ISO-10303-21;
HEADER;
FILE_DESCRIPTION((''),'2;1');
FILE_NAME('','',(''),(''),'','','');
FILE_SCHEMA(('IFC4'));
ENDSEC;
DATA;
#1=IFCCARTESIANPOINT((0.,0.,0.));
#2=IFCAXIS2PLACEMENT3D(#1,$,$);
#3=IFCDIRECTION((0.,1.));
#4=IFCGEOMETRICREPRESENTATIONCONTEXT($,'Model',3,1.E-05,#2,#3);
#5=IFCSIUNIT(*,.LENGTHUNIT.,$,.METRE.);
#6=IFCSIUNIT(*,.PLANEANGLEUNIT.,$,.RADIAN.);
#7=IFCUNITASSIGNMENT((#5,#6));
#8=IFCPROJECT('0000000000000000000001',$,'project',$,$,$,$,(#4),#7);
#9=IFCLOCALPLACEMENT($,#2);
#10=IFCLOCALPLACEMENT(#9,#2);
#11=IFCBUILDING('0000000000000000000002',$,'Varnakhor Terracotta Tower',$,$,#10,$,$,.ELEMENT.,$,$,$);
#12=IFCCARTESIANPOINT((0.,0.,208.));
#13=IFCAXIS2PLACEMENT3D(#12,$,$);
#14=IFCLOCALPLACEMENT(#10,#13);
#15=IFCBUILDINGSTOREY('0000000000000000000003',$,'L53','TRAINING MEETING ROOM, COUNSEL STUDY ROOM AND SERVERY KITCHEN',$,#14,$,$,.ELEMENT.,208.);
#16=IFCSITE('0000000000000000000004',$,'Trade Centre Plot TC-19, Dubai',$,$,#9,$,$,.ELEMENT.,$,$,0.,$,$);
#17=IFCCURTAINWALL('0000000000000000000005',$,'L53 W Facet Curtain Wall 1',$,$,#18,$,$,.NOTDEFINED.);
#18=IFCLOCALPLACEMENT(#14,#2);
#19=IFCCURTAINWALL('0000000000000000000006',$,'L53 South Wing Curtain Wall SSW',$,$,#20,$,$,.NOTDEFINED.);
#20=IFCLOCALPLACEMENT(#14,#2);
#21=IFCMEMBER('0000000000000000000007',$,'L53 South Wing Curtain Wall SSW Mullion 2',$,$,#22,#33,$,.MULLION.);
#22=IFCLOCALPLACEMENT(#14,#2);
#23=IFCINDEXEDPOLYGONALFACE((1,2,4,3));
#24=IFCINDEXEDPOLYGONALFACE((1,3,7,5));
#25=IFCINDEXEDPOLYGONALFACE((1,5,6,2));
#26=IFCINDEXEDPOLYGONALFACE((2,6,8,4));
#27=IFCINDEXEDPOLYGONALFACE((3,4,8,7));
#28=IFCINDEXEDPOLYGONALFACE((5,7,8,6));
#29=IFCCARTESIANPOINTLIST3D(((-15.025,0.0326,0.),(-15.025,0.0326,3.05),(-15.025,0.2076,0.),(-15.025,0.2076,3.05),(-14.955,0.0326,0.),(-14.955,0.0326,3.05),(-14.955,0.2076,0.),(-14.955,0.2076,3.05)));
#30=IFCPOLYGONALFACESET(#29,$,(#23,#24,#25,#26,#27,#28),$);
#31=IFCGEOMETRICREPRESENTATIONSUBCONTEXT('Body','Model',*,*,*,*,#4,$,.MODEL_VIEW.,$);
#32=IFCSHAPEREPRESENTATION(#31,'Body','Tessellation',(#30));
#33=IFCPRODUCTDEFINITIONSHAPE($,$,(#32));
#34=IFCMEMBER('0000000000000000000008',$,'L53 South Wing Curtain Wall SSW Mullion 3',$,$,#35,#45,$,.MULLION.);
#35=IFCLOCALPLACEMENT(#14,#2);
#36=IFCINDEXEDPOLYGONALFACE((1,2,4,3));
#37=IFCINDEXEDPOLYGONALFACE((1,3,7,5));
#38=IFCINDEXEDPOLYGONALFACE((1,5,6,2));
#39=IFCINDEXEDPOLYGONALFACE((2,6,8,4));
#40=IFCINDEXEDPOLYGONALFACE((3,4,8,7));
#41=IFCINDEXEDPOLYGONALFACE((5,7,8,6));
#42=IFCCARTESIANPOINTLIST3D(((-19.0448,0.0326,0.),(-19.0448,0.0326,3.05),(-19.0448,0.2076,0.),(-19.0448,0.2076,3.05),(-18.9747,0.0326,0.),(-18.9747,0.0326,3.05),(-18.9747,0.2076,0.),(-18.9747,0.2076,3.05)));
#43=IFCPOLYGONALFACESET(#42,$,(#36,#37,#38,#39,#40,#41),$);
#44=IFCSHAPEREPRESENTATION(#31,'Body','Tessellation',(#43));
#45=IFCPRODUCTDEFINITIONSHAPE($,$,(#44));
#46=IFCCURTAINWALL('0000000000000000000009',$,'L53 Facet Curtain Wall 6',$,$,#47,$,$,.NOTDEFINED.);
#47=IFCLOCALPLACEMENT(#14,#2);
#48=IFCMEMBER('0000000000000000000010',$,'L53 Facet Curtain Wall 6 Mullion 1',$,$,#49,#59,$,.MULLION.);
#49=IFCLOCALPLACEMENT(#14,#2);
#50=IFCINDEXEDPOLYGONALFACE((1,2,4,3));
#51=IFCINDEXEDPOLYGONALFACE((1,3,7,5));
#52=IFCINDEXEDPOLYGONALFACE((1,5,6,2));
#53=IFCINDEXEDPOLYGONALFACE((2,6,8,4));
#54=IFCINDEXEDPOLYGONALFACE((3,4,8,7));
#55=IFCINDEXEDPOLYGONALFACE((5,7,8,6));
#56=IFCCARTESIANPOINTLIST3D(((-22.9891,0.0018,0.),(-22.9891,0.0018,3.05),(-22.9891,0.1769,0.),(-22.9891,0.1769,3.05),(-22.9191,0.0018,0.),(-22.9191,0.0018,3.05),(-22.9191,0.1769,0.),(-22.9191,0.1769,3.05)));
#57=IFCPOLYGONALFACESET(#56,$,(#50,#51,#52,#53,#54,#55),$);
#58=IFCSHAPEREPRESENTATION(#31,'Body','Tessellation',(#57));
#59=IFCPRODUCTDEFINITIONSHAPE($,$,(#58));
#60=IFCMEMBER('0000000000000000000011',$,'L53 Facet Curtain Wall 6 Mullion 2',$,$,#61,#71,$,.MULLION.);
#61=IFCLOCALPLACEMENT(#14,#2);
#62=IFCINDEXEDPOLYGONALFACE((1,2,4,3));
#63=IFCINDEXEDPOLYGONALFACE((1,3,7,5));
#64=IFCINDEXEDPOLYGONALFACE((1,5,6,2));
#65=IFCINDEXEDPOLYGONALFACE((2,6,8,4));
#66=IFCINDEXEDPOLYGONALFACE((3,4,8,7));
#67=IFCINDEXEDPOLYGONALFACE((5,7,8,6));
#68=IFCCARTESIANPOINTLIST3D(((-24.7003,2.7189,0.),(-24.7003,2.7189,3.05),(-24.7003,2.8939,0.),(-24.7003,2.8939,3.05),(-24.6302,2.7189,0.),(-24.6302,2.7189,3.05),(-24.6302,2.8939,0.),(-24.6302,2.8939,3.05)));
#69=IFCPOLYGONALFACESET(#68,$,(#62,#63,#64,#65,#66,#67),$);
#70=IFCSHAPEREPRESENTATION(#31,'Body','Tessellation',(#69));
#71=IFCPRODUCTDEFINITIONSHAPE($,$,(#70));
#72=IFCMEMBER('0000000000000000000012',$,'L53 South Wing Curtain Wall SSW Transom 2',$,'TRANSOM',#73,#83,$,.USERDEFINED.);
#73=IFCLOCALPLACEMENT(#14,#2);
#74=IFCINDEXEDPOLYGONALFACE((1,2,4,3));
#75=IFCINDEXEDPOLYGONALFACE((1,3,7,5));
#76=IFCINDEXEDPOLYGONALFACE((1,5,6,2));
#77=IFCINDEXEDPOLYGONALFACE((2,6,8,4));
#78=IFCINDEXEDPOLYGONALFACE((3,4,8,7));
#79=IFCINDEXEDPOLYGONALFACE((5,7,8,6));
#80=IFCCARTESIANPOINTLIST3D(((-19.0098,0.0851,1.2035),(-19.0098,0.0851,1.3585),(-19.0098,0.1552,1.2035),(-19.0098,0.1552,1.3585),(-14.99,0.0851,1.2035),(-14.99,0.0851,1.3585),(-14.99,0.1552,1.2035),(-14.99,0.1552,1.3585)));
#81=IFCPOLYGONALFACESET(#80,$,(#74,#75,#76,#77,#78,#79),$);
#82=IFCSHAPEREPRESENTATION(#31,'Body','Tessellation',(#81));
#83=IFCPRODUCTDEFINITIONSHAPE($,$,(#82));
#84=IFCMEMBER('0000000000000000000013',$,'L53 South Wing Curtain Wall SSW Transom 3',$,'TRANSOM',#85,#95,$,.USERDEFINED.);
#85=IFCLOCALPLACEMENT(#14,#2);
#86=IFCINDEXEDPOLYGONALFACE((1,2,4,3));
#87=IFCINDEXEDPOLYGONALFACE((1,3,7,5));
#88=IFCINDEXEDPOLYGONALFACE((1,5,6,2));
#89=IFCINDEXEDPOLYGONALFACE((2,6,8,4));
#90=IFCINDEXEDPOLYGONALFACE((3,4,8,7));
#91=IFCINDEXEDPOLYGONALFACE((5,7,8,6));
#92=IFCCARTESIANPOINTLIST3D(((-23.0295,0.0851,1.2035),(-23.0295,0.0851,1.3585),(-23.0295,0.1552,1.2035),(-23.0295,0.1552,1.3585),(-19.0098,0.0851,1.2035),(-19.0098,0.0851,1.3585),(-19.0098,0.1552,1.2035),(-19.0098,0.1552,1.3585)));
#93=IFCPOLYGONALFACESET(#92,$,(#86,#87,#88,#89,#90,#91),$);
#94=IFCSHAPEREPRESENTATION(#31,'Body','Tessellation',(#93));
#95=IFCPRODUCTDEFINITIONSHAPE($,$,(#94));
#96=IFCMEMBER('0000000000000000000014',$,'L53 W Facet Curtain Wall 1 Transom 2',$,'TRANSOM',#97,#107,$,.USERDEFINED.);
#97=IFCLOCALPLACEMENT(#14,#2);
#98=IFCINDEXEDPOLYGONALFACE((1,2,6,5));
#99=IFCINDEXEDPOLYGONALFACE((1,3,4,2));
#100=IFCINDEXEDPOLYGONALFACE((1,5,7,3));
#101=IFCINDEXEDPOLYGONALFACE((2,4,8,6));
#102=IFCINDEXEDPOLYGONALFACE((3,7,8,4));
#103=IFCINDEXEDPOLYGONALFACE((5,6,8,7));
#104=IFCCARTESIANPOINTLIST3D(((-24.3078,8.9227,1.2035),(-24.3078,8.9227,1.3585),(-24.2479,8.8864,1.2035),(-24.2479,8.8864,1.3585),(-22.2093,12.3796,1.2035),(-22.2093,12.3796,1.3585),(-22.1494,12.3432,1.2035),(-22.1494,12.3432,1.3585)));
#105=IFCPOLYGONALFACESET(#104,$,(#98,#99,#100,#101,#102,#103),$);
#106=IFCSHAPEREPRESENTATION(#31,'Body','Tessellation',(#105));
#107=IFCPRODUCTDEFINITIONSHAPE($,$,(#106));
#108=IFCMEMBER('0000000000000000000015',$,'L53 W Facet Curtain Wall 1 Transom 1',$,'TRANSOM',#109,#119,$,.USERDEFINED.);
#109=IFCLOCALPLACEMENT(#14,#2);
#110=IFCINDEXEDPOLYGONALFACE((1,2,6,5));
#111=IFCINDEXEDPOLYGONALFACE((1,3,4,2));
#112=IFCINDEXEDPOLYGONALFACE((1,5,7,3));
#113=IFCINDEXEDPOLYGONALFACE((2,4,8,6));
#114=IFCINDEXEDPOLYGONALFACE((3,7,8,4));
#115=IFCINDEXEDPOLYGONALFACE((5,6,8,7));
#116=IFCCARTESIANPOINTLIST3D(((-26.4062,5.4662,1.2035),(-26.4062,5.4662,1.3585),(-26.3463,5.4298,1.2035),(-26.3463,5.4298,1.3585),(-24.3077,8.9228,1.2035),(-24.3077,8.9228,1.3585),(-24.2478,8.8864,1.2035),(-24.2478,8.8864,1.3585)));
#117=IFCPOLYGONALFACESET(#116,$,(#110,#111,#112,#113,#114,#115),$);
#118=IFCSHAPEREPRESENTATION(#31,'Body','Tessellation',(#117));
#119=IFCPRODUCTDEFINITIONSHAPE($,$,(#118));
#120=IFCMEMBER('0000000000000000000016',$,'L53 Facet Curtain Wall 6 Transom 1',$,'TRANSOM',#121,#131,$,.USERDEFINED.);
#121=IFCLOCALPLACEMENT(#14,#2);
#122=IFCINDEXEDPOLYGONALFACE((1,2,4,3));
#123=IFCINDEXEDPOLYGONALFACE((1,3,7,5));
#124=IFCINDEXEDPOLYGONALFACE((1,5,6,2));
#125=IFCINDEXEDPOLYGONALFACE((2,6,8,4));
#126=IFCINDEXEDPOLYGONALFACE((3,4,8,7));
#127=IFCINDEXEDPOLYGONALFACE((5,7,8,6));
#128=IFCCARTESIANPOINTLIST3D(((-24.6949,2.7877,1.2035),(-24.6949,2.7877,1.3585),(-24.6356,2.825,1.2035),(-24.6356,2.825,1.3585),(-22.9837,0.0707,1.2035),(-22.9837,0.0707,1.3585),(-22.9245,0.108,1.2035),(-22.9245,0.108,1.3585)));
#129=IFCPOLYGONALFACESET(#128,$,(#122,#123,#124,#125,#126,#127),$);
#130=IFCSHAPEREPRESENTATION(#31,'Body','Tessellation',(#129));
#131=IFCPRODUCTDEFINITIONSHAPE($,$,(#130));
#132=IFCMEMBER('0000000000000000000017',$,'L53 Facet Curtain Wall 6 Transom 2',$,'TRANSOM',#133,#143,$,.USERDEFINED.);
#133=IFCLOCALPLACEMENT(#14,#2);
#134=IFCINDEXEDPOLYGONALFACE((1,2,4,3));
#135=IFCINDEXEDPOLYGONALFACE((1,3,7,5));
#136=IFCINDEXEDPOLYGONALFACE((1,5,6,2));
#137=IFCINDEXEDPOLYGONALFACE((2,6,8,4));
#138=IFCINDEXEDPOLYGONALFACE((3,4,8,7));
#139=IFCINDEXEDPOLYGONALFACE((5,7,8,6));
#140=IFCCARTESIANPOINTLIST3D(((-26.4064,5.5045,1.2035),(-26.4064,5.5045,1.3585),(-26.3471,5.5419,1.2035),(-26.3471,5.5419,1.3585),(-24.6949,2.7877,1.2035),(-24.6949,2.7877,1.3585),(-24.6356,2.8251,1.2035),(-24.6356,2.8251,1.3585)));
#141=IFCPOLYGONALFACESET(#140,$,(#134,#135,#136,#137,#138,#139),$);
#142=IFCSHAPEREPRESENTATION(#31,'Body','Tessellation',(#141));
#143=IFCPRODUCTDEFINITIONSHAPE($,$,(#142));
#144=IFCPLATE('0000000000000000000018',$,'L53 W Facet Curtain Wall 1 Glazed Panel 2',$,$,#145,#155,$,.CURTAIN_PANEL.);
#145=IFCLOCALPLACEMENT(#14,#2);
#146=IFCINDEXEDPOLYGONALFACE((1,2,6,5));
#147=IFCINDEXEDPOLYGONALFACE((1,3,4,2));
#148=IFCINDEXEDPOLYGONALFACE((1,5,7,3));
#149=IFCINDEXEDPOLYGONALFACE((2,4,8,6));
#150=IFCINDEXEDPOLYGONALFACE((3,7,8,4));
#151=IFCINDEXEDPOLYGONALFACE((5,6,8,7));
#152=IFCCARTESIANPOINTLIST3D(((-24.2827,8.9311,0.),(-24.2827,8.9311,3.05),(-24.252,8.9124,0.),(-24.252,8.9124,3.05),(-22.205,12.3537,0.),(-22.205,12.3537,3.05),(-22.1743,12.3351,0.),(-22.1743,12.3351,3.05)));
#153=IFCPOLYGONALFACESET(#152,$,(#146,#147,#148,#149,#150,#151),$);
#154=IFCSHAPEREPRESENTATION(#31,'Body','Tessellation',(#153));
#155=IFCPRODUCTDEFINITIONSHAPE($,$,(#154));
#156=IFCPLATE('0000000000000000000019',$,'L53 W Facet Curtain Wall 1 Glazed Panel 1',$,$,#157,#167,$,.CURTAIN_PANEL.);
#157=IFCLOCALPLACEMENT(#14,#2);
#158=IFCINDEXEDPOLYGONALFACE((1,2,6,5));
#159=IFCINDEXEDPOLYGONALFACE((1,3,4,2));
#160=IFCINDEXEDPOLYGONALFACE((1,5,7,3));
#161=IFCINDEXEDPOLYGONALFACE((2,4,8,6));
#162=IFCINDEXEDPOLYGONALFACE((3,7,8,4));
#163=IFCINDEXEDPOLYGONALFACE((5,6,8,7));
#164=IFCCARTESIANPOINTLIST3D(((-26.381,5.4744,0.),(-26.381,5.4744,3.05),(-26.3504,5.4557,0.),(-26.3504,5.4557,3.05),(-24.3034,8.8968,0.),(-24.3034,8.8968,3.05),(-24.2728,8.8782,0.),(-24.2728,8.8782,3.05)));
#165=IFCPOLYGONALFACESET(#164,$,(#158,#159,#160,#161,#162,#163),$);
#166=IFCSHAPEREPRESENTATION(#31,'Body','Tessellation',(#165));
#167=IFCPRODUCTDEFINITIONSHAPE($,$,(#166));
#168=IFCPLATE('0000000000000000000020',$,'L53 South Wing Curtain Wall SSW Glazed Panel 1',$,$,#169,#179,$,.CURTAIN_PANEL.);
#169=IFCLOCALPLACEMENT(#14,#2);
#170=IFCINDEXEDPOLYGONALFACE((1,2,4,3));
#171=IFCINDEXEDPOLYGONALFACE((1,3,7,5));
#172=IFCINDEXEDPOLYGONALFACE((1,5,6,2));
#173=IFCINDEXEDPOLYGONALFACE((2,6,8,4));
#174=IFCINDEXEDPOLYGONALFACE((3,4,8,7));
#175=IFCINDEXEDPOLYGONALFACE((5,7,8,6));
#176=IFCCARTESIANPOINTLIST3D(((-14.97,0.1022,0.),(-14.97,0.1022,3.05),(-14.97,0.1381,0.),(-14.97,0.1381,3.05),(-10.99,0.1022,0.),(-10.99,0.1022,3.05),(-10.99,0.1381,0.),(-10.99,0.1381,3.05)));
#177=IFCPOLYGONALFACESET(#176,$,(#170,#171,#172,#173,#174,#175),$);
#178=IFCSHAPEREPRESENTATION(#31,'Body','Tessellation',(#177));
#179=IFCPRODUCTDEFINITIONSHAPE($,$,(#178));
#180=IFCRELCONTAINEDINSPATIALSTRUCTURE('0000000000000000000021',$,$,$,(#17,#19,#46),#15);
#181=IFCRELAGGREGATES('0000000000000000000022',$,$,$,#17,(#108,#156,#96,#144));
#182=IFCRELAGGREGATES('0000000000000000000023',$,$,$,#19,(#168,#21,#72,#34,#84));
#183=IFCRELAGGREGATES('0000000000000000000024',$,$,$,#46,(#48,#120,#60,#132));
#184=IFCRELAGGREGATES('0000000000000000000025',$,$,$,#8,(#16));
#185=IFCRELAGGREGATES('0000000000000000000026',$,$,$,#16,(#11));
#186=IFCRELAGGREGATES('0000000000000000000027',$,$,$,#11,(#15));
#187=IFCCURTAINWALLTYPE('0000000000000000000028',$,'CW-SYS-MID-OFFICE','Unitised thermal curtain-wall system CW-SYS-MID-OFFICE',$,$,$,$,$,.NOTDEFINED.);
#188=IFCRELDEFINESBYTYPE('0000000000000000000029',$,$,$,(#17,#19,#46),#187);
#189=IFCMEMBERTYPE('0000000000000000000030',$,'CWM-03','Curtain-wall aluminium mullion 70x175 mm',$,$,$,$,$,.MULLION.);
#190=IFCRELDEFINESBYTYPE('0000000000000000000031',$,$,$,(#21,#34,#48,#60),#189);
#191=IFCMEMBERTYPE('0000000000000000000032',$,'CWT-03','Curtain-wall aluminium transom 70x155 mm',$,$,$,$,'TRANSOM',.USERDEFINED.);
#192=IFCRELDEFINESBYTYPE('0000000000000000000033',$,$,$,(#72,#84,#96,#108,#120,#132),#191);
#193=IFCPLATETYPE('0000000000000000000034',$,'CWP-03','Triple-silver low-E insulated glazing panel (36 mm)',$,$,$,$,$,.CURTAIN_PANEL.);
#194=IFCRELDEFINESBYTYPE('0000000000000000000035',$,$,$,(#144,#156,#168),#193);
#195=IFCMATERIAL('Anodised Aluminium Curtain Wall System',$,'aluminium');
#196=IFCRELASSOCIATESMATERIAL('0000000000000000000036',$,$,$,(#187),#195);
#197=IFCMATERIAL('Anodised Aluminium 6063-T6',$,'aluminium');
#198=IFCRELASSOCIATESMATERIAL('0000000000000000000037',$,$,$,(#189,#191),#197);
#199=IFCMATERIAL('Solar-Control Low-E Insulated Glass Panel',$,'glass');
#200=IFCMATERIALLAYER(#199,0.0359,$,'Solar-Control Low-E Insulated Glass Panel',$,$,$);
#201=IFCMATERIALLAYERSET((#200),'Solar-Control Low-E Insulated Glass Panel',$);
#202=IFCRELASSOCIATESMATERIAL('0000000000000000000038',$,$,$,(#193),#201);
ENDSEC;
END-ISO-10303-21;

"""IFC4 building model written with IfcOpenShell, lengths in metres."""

from ifc_helpers import new_model, si_unit, direction, frame, origin, origin_2d, place, context, subcontext, project, spatial, rectangle, extrude, source, transform, mapped, material, layer, layer_set, material_profile, profile_set, type_object, element, aggregate, save


model = new_model("IFC4")

# Units and contexts
model_context = context("Model", 3, precision=1e-05, world=origin(), true_north=direction((0.0, 1.0)))
body_context = subcontext(model_context, "Body", "Model", "MODEL_VIEW")
ifc_project = project(units=[si_unit("LENGTHUNIT", "METRE"), si_unit("PLANEANGLEUNIT", "RADIAN")], contexts=[model_context])

# Site, building, storey
site_placement = place(None, origin())
site = spatial("IfcSite", under=ifc_project, at=site_placement, Name="Trade Centre Plot TC-19, Dubai", CompositionType="ELEMENT", RefElevation=0.0)
building_placement = place(site_placement, origin())
building = spatial("IfcBuilding", under=site, at=building_placement, Name="Varnakhor Terracotta Tower", CompositionType="ELEMENT")
storey_placement = place(building_placement, frame((0.0, 0.0, 208.0)))
storey = spatial("IfcBuildingStorey", under=building, at=storey_placement, Name="L53", Description="TRAINING MEETING ROOM, COUNSEL STUDY ROOM AND SERVERY KITCHEN", CompositionType="ELEMENT", Elevation=208.0)

# Curtain walls, members
ifc_material_1 = material(Name="Anodised Aluminium Curtain Wall System", Category="aluminium")
curtain_wall_type = type_object("IfcCurtainWallType", Name="CW-SYS-MID-OFFICE", Description="Unitised thermal curtain-wall system CW-SYS-MID-OFFICE", PredefinedType="NOTDEFINED", material=ifc_material_1)
curtain_wall_1_placement = place(storey_placement, origin())
curtain_wall_1 = element("IfcCurtainWall", 1, at=curtain_wall_1_placement, inside=storey, type_object=curtain_wall_type, Name="L53 W Facet Curtain Wall 1", PredefinedType="NOTDEFINED")
ifc_material_2 = material(Name="Anodised Aluminium 6063-T6", Category="aluminium")
ifc_material_profile_1 = material_profile(ifc_material_2, rectangle(XDim=0.0701, YDim=0.175, at=origin_2d()), Name="ALU MULLION 70x175")
ifc_profile_set_1 = profile_set([ifc_material_profile_1], Name="Anodised Aluminium 6063-T6")
member_type_1 = type_object("IfcMemberType", Name="CWM-03", Description="Curtain-wall aluminium mullion 70x175 mm", PredefinedType="MULLION", material=ifc_profile_set_1)
shared_shape_1 = source(origin(), body_context, "Body", "SweptSolid", [
    extrude(rectangle(XDim=0.0701, YDim=0.175, at=origin_2d()), origin(), (0.0, 0.0, 1.0), 3.05),
])
curtain_wall_2_placement = place(storey_placement, origin())
curtain_wall_2 = element("IfcCurtainWall", 2, at=curtain_wall_2_placement, inside=storey, type_object=curtain_wall_type, Name="L53 South Wing Curtain Wall SSW", PredefinedType="NOTDEFINED")
member_1_placement = place(storey_placement, frame((-14.99, 0.1201, 0.0), z_axis=(0.0, 0.0, 1.0), x_axis=(1.0, 0.0, 0.0)))
member_1 = element("IfcMember", 3, at=member_1_placement, type_object=member_type_1, Name="L53 South Wing Curtain Wall SSW Mullion 2", PredefinedType="MULLION", context=body_context, shape_type="MappedRepresentation", body=[
    mapped(shared_shape_1, transform((0.0, 0.0, 0.0), scale=1.0)),
])
member_2_placement = place(storey_placement, frame((-19.0098, 0.1201, 0.0), z_axis=(0.0, 0.0, 1.0), x_axis=(1.0, 0.0, 0.0)))
member_2 = element("IfcMember", 4, at=member_2_placement, type_object=member_type_1, Name="L53 South Wing Curtain Wall SSW Mullion 3", PredefinedType="MULLION", context=body_context, shape_type="MappedRepresentation", body=[
    mapped(shared_shape_1, transform((0.0, 0.0, 0.0), scale=1.0)),
])
curtain_wall_3_placement = place(storey_placement, origin())
curtain_wall_3 = element("IfcCurtainWall", 5, at=curtain_wall_3_placement, inside=storey, type_object=curtain_wall_type, Name="L53 Facet Curtain Wall 6", PredefinedType="NOTDEFINED")
member_3_placement = place(storey_placement, frame((-22.9541, 0.0894, 0.0), z_axis=(0.0, 0.0, 1.0), x_axis=(1.0, 0.0, 0.0)))
member_3 = element("IfcMember", 6, at=member_3_placement, type_object=member_type_1, Name="L53 Facet Curtain Wall 6 Mullion 1", PredefinedType="MULLION", context=body_context, shape_type="MappedRepresentation", body=[
    mapped(shared_shape_1, transform((0.0, 0.0, 0.0), scale=1.0)),
])
member_4_placement = place(storey_placement, frame((-24.6653, 2.8064, 0.0), z_axis=(0.0, 0.0, 1.0), x_axis=(1.0, 0.0, 0.0)))
member_4 = element("IfcMember", 7, at=member_4_placement, type_object=member_type_1, Name="L53 Facet Curtain Wall 6 Mullion 2", PredefinedType="MULLION", context=body_context, shape_type="MappedRepresentation", body=[
    mapped(shared_shape_1, transform((0.0, 0.0, 0.0), scale=1.0)),
])

# Members
ifc_material_profile_2 = material_profile(ifc_material_2, rectangle(XDim=0.0701, YDim=0.155, at=origin_2d()), Name="ALU TRANSOM 70x155")
ifc_profile_set_2 = profile_set([ifc_material_profile_2], Name="Anodised Aluminium 6063-T6")
member_type_2 = type_object("IfcMemberType", Name="CWT-03", Description="Curtain-wall aluminium transom 70x155 mm", ElementType="TRANSOM", PredefinedType="USERDEFINED", material=ifc_profile_set_2)
shared_shape_2 = source(origin(), body_context, "Body", "SweptSolid", [
    extrude(rectangle(XDim=0.0701, YDim=0.155, at=origin_2d()), origin(), (0.0, 0.0, 1.0), 4.0198),
])
member_5_placement = place(storey_placement, frame((-14.99, 0.1201, 1.281), z_axis=(-1.0, 0.0, 0.0), x_axis=(0.0, -1.0, 0.0)))
member_5 = element("IfcMember", 8, at=member_5_placement, type_object=member_type_2, Name="L53 South Wing Curtain Wall SSW Transom 2", ObjectType="TRANSOM", PredefinedType="USERDEFINED", context=body_context, shape_type="MappedRepresentation", body=[
    mapped(shared_shape_2, transform((0.0, 0.0, 0.0), scale=1.0)),
])
member_6_placement = place(storey_placement, frame((-19.0098, 0.1201, 1.281), z_axis=(-1.0, 0.0, 0.0), x_axis=(0.0, -1.0, 0.0)))
member_6 = element("IfcMember", 9, at=member_6_placement, type_object=member_type_2, Name="L53 South Wing Curtain Wall SSW Transom 3", ObjectType="TRANSOM", PredefinedType="USERDEFINED", context=body_context, shape_type="MappedRepresentation", body=[
    mapped(shared_shape_2, transform((0.0, 0.0, 0.0), scale=1.0)),
])
shared_shape_3 = source(origin(), body_context, "Body", "SweptSolid", [
    extrude(rectangle(XDim=0.0701, YDim=0.155, at=origin_2d()), origin(), (0.0, 0.0, 1.0), 4.0439),
])
member_7_placement = place(storey_placement, frame((-24.2778, 8.9045, 1.281), z_axis=(0.51891, 0.854829, 0.0), x_axis=(-0.854829, 0.51891, 0.0)))
member_7 = element("IfcMember", 10, at=member_7_placement, type_object=member_type_2, Name="L53 W Facet Curtain Wall 1 Transom 2", ObjectType="TRANSOM", PredefinedType="USERDEFINED", context=body_context, shape_type="MappedRepresentation", body=[
    mapped(shared_shape_3, transform((0.0, 0.0, 0.0), scale=1.0)),
])
shared_shape_4 = source(origin(), body_context, "Body", "SweptSolid", [
    extrude(rectangle(XDim=0.0701, YDim=0.155, at=origin_2d()), origin(), (0.0, 0.0, 1.0), 4.0437),
])
member_8_placement = place(storey_placement, frame((-26.3762, 5.448, 1.281), z_axis=(0.518937, 0.854812, 0.0), x_axis=(-0.854812, 0.518937, 0.0)))
member_8 = element("IfcMember", 11, at=member_8_placement, type_object=member_type_2, Name="L53 W Facet Curtain Wall 1 Transom 1", ObjectType="TRANSOM", PredefinedType="USERDEFINED", context=body_context, shape_type="MappedRepresentation", body=[
    mapped(shared_shape_4, transform((0.0, 0.0, 0.0), scale=1.0)),
])
shared_shape_5 = source(origin(), body_context, "Body", "SweptSolid", [
    extrude(rectangle(XDim=0.0701, YDim=0.155, at=origin_2d()), origin(), (0.0, 0.0, 1.0), 3.2109),
])
member_9_placement = place(storey_placement, frame((-22.9541, 0.0894, 1.281), z_axis=(-0.532914, 0.846169, 0.0), x_axis=(-0.846169, -0.532914, 0.0)))
member_9 = element("IfcMember", 12, at=member_9_placement, type_object=member_type_2, Name="L53 Facet Curtain Wall 6 Transom 1", ObjectType="TRANSOM", PredefinedType="USERDEFINED", context=body_context, shape_type="MappedRepresentation", body=[
    mapped(shared_shape_5, transform((0.0, 0.0, 0.0), scale=1.0)),
])
member_10_placement = place(storey_placement, frame((-24.6653, 2.8064, 1.281), z_axis=(-0.533003, 0.846113, 0.0), x_axis=(-0.846113, -0.533003, 0.0)))
member_10 = element("IfcMember", 13, at=member_10_placement, type_object=member_type_2, Name="L53 Facet Curtain Wall 6 Transom 2", ObjectType="TRANSOM", PredefinedType="USERDEFINED", context=body_context, shape_type="MappedRepresentation", body=[
    mapped(shared_shape_5, transform((0.0, 0.0, 0.0), scale=1.0)),
])

# Plates
ifc_material_3 = material(Name="Solar-Control Low-E Insulated Glass Panel", Category="glass")
ifc_layer_1 = layer(ifc_material_3, 0.0359, Name="Solar-Control Low-E Insulated Glass Panel")
ifc_layer_set_1 = layer_set([ifc_layer_1], Name="Solar-Control Low-E Insulated Glass Panel")
plate_type = type_object("IfcPlateType", Name="CWP-03", Description="Triple-silver low-E insulated glazing panel (36 mm)", PredefinedType="CURTAIN_PANEL", material=ifc_layer_set_1)
shared_shape_6 = source(origin(), body_context, "Body", "SweptSolid", [
    extrude(rectangle(XDim=4.0039, YDim=0.0359, at=origin_2d()), origin(), (0.0, 0.0, 1.0), 3.05),
])
plate_1_placement = place(storey_placement, frame((-23.2285, 10.6331, 0.0), z_axis=(0.0, 0.0, 1.0), x_axis=(0.518922, 0.854821, 0.0)))
plate_1 = element("IfcPlate", 14, at=plate_1_placement, type_object=plate_type, Name="L53 W Facet Curtain Wall 1 Glazed Panel 2", PredefinedType="CURTAIN_PANEL", context=body_context, shape_type="MappedRepresentation", body=[
    mapped(shared_shape_6, transform((0.0, 0.0, 0.0), scale=1.0)),
])
shared_shape_7 = source(origin(), body_context, "Body", "SweptSolid", [
    extrude(rectangle(XDim=4.0037, YDim=0.0359, at=origin_2d()), origin(), (0.0, 0.0, 1.0), 3.05),
])
plate_2_placement = place(storey_placement, frame((-25.3269, 7.1763, 0.0), z_axis=(0.0, 0.0, 1.0), x_axis=(0.518922, 0.854821, 0.0)))
plate_2 = element("IfcPlate", 15, at=plate_2_placement, type_object=plate_type, Name="L53 W Facet Curtain Wall 1 Glazed Panel 1", PredefinedType="CURTAIN_PANEL", context=body_context, shape_type="MappedRepresentation", body=[
    mapped(shared_shape_7, transform((0.0, 0.0, 0.0), scale=1.0)),
])
aggregate(curtain_wall_1, [member_8, plate_2, member_7, plate_1])
shared_shape_8 = source(origin(), body_context, "Body", "SweptSolid", [
    extrude(rectangle(XDim=3.98, YDim=0.0359, at=origin_2d()), origin(), (0.0, 0.0, 1.0), 3.05),
])
plate_3_placement = place(storey_placement, frame((-12.98, 0.1201, 0.0), z_axis=(0.0, 0.0, 1.0), x_axis=(-1.0, 0.0, 0.0)))
plate_3 = element("IfcPlate", 16, at=plate_3_placement, type_object=plate_type, Name="L53 South Wing Curtain Wall SSW Glazed Panel 1", PredefinedType="CURTAIN_PANEL", context=body_context, shape_type="MappedRepresentation", body=[
    mapped(shared_shape_8, transform((0.0, 0.0, 0.0), scale=1.0)),
])
aggregate(curtain_wall_2, [plate_3, member_1, member_5, member_2, member_6])
aggregate(curtain_wall_3, [member_3, member_9, member_4, member_10])

save(model, "model.ifc")
